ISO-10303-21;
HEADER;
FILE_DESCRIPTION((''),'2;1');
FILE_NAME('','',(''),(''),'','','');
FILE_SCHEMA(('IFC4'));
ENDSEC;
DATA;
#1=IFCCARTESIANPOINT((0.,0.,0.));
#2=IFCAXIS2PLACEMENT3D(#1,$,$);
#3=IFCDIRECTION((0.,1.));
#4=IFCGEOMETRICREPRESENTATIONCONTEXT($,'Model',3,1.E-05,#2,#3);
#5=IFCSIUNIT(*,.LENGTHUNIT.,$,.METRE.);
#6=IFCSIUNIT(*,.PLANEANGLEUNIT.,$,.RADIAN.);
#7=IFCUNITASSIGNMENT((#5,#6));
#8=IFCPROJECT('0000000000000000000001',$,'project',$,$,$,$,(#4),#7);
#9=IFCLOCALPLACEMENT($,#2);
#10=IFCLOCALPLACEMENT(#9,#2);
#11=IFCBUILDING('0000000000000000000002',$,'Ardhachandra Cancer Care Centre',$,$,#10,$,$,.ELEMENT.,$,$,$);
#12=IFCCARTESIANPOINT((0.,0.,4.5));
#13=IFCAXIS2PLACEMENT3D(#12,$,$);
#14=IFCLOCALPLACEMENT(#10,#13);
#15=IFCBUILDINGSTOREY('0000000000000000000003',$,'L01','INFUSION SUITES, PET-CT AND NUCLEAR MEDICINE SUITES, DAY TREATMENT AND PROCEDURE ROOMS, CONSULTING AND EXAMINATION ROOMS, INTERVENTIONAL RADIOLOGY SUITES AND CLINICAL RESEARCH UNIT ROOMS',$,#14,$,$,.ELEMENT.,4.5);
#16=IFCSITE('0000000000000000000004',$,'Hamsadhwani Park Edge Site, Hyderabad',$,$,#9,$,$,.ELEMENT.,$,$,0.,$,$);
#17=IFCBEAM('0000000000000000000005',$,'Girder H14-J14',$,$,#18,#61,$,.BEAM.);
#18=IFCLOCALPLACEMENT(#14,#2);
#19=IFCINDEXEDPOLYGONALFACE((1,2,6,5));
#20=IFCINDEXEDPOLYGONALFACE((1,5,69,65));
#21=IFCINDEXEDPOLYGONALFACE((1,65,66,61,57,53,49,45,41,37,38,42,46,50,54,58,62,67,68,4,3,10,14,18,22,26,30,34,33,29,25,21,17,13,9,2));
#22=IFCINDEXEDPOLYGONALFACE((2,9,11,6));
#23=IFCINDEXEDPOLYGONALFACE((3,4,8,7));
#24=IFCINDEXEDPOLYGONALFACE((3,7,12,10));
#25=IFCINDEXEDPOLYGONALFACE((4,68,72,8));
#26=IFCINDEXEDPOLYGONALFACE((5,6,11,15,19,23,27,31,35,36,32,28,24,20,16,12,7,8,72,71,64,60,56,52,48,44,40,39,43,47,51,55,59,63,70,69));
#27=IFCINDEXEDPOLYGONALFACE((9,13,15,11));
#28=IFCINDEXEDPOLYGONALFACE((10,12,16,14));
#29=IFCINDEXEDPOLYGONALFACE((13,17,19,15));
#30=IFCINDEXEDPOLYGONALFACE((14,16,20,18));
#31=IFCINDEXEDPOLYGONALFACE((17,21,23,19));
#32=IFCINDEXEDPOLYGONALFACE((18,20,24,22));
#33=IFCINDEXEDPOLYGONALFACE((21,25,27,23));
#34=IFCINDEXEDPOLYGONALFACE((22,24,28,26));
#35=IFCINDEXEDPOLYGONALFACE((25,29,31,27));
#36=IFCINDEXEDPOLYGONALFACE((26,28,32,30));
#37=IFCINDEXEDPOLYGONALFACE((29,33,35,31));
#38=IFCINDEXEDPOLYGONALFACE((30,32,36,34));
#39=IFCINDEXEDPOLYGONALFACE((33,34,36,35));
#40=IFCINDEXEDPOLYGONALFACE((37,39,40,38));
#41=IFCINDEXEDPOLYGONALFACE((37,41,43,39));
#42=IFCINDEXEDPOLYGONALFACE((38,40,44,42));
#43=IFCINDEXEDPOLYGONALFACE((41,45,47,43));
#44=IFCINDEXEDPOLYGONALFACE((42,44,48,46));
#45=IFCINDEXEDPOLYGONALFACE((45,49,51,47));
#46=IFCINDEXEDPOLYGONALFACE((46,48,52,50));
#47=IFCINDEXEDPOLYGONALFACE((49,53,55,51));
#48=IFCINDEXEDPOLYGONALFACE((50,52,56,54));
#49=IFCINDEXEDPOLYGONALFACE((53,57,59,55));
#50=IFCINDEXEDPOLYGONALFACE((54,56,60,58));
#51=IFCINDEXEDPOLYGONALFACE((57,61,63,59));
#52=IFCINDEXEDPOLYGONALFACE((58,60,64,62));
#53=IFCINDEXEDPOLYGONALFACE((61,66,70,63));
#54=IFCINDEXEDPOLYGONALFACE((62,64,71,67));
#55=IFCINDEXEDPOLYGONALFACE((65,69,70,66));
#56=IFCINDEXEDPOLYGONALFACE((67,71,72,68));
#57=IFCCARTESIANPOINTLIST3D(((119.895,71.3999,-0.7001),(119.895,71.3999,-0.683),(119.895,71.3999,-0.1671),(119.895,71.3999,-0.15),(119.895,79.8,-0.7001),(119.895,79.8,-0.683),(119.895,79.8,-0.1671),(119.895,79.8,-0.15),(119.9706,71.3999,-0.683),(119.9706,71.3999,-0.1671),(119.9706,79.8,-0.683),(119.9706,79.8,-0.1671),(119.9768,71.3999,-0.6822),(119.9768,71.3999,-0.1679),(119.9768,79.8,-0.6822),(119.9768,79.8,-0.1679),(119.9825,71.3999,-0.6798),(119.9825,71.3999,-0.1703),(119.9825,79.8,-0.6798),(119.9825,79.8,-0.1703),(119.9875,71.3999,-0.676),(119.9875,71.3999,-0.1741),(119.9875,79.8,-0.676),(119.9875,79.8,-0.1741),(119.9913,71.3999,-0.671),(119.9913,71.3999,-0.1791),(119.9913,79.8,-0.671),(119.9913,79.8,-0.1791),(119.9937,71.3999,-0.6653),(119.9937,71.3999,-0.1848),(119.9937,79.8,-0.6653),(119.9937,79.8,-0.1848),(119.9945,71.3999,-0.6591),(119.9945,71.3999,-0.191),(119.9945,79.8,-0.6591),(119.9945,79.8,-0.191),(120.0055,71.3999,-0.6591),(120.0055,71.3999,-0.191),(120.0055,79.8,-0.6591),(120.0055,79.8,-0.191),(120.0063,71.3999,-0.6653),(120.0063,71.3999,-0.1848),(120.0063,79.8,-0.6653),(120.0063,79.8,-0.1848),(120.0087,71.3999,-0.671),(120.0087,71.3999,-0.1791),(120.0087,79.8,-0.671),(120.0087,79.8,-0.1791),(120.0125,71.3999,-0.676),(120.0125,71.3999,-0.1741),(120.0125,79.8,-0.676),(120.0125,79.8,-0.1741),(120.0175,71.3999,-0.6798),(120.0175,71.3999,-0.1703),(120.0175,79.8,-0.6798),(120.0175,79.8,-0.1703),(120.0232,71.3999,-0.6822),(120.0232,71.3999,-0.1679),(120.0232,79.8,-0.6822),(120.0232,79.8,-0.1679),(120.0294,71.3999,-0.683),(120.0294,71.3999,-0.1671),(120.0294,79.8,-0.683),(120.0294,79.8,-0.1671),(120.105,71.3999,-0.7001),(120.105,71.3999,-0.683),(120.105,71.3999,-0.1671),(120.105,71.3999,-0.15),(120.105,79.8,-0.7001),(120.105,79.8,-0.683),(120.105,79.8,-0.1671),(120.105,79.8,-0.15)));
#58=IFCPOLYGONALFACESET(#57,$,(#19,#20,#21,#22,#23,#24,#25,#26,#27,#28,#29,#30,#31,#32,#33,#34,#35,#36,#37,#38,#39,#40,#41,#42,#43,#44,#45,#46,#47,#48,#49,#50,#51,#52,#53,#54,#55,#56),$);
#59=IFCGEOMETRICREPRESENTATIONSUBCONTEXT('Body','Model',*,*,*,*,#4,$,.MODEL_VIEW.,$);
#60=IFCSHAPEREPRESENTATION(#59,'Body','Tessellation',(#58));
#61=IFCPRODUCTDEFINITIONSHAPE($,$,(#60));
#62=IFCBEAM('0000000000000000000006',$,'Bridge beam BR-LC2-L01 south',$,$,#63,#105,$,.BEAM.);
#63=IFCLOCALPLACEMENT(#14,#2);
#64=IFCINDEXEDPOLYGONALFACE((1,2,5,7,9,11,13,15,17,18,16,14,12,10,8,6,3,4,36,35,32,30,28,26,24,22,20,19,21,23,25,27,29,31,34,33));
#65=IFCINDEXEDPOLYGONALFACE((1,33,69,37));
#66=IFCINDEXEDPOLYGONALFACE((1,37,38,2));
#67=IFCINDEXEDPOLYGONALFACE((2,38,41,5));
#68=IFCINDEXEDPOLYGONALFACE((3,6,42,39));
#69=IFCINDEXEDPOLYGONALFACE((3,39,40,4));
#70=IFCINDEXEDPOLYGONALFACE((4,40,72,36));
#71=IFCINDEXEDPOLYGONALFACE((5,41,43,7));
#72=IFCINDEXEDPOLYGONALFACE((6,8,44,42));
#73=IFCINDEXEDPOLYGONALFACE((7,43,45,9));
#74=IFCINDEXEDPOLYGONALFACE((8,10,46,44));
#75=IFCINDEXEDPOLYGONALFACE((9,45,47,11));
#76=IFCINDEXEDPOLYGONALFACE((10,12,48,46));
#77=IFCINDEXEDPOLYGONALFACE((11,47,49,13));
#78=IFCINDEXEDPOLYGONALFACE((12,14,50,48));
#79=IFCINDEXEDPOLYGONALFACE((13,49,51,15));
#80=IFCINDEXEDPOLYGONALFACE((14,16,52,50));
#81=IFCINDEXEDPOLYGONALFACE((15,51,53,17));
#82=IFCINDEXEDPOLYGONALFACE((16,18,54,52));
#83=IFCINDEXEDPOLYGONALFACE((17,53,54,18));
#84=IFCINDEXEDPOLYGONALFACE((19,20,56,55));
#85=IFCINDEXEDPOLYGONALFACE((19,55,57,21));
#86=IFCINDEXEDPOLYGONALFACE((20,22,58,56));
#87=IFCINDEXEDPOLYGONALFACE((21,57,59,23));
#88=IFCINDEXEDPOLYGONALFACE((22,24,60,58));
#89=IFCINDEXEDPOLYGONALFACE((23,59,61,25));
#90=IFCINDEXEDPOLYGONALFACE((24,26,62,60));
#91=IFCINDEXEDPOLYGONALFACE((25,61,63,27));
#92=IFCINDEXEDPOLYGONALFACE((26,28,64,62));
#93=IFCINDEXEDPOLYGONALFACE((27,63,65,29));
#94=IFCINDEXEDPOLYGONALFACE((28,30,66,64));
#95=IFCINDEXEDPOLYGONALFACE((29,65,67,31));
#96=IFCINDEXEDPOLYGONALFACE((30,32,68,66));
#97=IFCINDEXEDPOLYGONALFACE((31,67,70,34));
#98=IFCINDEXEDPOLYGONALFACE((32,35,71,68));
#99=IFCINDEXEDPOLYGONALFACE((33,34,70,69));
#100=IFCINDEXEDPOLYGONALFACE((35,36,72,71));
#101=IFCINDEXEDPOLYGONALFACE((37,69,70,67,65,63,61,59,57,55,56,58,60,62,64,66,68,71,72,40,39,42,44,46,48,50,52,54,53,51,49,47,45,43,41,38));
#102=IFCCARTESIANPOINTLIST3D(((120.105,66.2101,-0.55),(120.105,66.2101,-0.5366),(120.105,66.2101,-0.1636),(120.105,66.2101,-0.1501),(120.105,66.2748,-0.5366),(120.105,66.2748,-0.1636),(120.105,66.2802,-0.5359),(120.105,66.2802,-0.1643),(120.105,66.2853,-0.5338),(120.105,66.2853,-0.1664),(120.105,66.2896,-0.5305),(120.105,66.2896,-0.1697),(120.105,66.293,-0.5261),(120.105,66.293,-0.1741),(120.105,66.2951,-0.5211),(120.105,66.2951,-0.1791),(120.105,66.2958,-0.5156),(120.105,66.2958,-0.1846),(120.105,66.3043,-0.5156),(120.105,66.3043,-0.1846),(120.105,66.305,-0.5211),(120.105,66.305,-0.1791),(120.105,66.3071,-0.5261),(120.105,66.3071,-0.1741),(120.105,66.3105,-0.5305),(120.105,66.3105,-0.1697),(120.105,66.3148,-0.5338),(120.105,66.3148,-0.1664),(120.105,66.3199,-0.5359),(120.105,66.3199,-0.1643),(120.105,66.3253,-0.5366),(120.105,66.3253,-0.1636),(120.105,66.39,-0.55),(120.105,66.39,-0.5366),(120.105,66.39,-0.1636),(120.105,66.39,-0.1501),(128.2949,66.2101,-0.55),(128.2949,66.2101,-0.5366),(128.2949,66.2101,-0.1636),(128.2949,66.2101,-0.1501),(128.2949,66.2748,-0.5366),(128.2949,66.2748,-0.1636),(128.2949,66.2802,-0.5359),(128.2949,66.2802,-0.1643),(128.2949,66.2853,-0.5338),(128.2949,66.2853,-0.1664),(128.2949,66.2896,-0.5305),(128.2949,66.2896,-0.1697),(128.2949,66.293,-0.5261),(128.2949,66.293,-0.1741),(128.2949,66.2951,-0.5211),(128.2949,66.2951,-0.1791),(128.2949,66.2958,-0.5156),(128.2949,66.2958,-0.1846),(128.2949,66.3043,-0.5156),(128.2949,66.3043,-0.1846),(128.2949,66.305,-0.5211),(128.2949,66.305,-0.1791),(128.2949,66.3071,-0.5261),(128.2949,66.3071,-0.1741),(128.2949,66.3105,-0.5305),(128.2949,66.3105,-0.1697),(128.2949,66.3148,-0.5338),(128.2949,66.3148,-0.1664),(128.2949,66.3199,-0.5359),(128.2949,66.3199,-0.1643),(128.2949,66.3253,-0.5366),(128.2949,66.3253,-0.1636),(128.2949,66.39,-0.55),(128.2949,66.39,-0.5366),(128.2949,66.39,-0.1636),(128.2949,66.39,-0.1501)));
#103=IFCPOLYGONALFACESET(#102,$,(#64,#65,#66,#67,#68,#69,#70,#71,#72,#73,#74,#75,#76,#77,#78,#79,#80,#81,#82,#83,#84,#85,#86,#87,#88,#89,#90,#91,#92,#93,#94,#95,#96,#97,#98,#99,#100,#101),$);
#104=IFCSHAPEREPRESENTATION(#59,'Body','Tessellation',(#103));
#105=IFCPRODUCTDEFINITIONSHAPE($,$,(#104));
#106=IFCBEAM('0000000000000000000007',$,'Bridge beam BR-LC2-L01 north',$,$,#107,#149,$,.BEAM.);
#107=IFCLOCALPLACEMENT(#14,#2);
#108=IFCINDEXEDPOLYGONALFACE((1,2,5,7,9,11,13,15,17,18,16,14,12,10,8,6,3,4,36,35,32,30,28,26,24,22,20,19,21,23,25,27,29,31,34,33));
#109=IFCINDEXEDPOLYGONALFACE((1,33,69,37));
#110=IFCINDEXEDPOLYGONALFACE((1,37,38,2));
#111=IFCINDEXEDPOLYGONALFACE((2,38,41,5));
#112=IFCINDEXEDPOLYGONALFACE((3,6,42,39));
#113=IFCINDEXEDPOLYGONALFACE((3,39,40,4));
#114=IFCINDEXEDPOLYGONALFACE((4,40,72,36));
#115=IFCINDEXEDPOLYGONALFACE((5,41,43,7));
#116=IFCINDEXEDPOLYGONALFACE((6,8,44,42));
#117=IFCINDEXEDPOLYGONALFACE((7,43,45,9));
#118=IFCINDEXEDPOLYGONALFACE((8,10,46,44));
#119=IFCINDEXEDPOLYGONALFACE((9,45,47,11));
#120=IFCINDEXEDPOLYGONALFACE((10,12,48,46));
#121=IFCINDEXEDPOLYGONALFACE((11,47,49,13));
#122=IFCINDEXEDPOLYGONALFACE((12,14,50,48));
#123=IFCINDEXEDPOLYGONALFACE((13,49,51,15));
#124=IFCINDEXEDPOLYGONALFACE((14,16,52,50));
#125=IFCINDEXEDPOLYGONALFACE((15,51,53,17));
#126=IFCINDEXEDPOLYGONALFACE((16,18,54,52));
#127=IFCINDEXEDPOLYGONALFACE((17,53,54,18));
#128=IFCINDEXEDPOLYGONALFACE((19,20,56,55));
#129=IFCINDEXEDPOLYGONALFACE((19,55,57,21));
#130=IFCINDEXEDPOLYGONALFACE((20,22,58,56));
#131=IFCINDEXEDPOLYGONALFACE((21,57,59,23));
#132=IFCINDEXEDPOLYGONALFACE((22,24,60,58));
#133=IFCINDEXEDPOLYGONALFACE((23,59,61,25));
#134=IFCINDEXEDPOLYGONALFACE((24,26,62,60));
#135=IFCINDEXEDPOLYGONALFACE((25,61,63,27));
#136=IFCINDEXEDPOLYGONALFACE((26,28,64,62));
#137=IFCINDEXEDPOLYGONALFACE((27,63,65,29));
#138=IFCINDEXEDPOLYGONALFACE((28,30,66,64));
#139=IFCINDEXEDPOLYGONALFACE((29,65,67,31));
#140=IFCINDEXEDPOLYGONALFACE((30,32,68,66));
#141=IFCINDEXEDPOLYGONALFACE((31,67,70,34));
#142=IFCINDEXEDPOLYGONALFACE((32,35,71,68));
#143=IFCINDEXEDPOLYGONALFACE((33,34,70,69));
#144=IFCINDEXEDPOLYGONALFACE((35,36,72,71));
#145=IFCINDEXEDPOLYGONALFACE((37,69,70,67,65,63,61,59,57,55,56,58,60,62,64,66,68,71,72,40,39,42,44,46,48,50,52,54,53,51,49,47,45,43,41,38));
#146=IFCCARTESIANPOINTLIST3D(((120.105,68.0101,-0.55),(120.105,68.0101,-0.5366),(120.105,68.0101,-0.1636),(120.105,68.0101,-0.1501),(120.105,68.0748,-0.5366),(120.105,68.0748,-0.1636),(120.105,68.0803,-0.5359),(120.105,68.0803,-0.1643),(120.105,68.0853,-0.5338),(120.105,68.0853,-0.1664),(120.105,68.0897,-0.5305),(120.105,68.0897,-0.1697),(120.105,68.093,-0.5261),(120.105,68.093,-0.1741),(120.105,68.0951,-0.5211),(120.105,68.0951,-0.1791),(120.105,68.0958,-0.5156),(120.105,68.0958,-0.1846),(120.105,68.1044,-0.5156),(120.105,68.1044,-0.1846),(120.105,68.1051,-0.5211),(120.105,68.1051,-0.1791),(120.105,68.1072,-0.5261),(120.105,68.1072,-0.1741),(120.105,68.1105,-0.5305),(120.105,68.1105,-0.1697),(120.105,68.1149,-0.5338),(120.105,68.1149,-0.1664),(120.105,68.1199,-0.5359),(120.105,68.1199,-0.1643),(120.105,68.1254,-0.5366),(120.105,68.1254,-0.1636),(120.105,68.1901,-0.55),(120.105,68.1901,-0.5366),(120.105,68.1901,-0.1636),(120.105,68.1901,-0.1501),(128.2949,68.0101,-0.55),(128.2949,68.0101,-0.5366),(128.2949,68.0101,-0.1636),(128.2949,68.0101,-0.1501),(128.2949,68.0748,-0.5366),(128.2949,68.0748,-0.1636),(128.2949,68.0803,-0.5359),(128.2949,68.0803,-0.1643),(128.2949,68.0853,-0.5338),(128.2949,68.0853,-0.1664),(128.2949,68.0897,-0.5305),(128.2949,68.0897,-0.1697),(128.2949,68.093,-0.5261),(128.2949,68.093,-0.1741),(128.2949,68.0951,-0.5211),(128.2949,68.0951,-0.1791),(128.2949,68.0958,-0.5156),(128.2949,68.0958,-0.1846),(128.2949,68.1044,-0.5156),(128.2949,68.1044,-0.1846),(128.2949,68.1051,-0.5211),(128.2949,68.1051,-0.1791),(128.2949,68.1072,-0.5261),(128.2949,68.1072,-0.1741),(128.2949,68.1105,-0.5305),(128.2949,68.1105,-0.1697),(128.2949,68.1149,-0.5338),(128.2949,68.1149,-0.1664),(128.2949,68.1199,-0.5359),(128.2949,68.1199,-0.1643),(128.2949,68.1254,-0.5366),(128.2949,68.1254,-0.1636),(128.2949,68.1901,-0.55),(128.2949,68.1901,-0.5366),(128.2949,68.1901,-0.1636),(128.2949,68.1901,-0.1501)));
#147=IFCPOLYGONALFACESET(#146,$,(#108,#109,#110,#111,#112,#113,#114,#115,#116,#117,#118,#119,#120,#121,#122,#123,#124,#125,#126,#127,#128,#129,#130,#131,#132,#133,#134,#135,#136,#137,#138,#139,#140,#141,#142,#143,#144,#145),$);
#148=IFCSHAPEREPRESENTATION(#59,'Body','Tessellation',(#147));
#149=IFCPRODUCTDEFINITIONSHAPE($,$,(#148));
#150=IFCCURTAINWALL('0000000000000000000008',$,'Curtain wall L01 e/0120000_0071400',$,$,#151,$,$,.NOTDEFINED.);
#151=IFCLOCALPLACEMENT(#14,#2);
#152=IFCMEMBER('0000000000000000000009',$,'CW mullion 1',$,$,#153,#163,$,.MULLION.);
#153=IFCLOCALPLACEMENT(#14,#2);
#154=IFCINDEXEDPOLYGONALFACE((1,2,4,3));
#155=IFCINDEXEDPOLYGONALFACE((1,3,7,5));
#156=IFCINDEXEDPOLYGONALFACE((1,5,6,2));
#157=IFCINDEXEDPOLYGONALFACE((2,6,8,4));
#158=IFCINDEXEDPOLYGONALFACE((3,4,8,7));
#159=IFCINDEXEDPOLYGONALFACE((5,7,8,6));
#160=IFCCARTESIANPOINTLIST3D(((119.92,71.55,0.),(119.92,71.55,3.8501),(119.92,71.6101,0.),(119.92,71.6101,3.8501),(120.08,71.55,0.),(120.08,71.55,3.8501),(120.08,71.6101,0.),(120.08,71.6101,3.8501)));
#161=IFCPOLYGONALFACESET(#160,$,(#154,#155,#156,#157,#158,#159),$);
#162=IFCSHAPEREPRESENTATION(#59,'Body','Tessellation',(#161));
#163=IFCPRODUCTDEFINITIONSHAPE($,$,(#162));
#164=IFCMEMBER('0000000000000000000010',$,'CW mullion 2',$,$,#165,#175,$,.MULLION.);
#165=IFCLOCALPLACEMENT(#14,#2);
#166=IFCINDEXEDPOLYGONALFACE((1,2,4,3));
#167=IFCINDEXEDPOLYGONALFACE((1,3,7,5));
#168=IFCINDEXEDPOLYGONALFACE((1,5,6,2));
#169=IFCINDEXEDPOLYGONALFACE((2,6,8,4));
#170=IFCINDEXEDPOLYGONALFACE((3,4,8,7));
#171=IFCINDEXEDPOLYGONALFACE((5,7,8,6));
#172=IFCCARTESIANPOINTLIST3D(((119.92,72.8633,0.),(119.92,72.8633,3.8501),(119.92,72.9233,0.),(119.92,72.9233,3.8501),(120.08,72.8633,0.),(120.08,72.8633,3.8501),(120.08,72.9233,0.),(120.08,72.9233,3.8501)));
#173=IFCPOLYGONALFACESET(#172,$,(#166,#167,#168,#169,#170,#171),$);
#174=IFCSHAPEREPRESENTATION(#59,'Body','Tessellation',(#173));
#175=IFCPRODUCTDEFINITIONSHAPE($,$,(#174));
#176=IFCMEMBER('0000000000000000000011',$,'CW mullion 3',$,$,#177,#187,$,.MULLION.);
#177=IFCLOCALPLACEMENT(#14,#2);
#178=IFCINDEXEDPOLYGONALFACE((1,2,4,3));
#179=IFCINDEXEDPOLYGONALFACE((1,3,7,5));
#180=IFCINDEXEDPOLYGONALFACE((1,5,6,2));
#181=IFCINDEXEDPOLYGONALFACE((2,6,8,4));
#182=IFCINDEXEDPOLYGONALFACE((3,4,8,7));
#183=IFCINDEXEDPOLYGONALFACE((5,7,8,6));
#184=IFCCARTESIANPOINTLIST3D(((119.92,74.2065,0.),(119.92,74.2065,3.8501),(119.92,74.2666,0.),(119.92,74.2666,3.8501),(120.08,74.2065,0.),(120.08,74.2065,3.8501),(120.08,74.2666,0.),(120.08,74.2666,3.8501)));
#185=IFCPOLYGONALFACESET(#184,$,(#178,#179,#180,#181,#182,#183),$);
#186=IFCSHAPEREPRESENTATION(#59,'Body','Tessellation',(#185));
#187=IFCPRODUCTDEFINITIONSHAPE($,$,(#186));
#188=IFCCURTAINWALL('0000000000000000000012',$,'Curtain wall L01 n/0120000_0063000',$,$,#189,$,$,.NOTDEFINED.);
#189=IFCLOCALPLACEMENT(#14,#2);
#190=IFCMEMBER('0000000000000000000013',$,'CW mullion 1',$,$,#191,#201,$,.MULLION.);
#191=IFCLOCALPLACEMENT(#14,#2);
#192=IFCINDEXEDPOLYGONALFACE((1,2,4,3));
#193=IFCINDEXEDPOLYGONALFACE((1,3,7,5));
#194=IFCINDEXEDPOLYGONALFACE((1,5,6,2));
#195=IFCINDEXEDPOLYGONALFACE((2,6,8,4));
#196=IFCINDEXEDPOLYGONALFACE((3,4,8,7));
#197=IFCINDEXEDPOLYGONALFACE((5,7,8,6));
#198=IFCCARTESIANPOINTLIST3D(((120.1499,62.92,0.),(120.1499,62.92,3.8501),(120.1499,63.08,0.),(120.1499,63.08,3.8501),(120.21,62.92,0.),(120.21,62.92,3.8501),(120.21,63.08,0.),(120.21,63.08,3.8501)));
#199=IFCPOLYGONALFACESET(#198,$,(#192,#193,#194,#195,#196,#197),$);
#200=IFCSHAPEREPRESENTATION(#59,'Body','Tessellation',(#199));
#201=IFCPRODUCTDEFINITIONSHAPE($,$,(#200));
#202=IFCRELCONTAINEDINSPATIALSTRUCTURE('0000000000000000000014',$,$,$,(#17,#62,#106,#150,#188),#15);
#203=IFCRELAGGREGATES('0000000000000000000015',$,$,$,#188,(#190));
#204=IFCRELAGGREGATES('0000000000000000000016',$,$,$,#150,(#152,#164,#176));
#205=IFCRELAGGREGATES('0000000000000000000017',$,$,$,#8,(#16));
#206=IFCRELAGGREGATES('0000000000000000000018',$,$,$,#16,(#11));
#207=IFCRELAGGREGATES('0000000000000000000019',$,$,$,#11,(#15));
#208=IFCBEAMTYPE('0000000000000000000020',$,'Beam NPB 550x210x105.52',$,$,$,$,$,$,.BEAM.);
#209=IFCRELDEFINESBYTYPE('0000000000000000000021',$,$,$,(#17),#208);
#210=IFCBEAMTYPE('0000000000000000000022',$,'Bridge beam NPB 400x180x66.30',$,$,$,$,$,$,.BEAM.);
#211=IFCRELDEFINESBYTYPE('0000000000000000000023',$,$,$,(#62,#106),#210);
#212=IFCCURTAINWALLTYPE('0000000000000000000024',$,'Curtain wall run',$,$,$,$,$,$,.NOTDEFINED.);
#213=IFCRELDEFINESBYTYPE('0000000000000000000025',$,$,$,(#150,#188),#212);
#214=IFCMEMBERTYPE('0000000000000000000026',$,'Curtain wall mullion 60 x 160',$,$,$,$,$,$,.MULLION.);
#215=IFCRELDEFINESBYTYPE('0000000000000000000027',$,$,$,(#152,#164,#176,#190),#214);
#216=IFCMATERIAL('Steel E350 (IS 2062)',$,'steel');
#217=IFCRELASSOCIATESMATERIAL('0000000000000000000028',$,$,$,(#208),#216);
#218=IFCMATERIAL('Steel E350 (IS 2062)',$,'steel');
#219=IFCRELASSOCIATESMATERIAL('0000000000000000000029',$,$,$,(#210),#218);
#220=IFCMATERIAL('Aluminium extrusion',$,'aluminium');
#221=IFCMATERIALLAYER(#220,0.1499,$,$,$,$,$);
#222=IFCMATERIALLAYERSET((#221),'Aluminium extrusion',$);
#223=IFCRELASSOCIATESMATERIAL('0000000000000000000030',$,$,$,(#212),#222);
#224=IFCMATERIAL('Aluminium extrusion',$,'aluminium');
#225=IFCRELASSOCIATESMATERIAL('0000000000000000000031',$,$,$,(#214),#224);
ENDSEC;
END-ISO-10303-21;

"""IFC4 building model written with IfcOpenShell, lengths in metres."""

from ifc_helpers import new_model, si_unit, direction, frame, origin, origin_2d, place, context, subcontext, project, spatial, rectangle, i_section, extrude, material, layer, layer_set, material_profile, profile_set, type_object, element, aggregate, save


model = new_model("IFC4")

# Units and contexts
model_context = context("Model", 3, precision=1e-05, world=origin(), true_north=direction((0.0, 1.0)))
body_context = subcontext(model_context, "Body", "Model", "MODEL_VIEW")
ifc_project = project(units=[si_unit("LENGTHUNIT", "METRE"), si_unit("PLANEANGLEUNIT", "RADIAN")], contexts=[model_context])

# Site, building, storey
site_placement = place(None, origin())
site = spatial("IfcSite", under=ifc_project, at=site_placement, Name="Hamsadhwani Park Edge Site, Hyderabad", CompositionType="ELEMENT", RefElevation=0.0)
building_placement = place(site_placement, origin())
building = spatial("IfcBuilding", under=site, at=building_placement, Name="Ardhachandra Cancer Care Centre", CompositionType="ELEMENT")
storey_placement = place(building_placement, frame((0.0, 0.0, 4.5)))
storey = spatial("IfcBuildingStorey", under=building, at=storey_placement, Name="L01", Description="INFUSION SUITES, PET-CT AND NUCLEAR MEDICINE SUITES, DAY TREATMENT AND PROCEDURE ROOMS, CONSULTING AND EXAMINATION ROOMS, INTERVENTIONAL RADIOLOGY SUITES AND CLINICAL RESEARCH UNIT ROOMS", CompositionType="ELEMENT", Elevation=4.5)

# Beams
ifc_material_1 = material(Name="Steel E350 (IS 2062)", Category="steel")
ifc_material_profile_1 = material_profile(ifc_material_1, i_section(OverallWidth=0.21, OverallDepth=0.55, WebThickness=0.011, FlangeThickness=0.0171, FilletRadius=0.0239, at=origin_2d()), Name="NPB 550x210x105.52")
ifc_profile_set_1 = profile_set([ifc_material_profile_1], Name="Steel E350 (IS 2062)")
beam_type_1 = type_object("IfcBeamType", Name="Beam NPB 550x210x105.52", PredefinedType="BEAM", material=ifc_profile_set_1)
beam_placement = place(storey_placement, frame((120.0, 71.3999, -0.425), z_axis=(0.0, 1.0, 0.0), x_axis=(-1.0, 0.0, 0.0)))
element("IfcBeam", 1, at=beam_placement, inside=storey, type_object=beam_type_1, Name="Girder H14-J14", PredefinedType="BEAM", context=body_context, shape_type="SweptSolid", body=[
    extrude(i_section(OverallWidth=0.21, OverallDepth=0.55, WebThickness=0.011, FlangeThickness=0.0171, FilletRadius=0.0239, at=origin_2d()), origin(), (0.0, 0.0, 1.0), 8.4001),
])
ifc_material_2 = material(Name="Steel E350 (IS 2062)", Category="steel")
ifc_material_profile_2 = material_profile(ifc_material_2, i_section(OverallWidth=0.1799, OverallDepth=0.3999, WebThickness=0.0085, FlangeThickness=0.0134, FilletRadius=0.021, at=origin_2d()), Name="NPB 400x180x66.30")
ifc_profile_set_2 = profile_set([ifc_material_profile_2], Name="Steel E350 (IS 2062)")
beam_type_2 = type_object("IfcBeamType", Name="Bridge beam NPB 400x180x66.30", PredefinedType="BEAM", material=ifc_profile_set_2)
for number, where, z_axis, x_axis, name in (
    (2, (120.105, 66.3, -0.3501), (1.0, 0.0, 0.0), (0.0, 1.0, 0.0), "Bridge beam BR-LC2-L01 south"),
    (3, (120.105, 68.1001, -0.3501), (1.0, 0.0, 0.0), (0.0, 1.0, 0.0), "Bridge beam BR-LC2-L01 north"),
):
    element("IfcBeam", number, at=place(storey_placement, frame(where, z_axis=z_axis, x_axis=x_axis)), inside=storey, type_object=beam_type_2, Name=name, PredefinedType="BEAM", context=body_context, shape_type="SweptSolid", body=[
        extrude(i_section(OverallWidth=0.1799, OverallDepth=0.3999, WebThickness=0.0085, FlangeThickness=0.0134, FilletRadius=0.021, at=origin_2d()), origin(), (0.0, 0.0, 1.0), 8.1899),
    ])

# Curtain wall, members
ifc_material_3 = material(Name="Aluminium extrusion", Category="aluminium")
ifc_layer_1 = layer(ifc_material_3, 0.1499)
ifc_layer_set_1 = layer_set([ifc_layer_1], Name="Aluminium extrusion")
curtain_wall_type = type_object("IfcCurtainWallType", Name="Curtain wall run", PredefinedType="NOTDEFINED", material=ifc_layer_set_1)
curtain_wall_1_placement = place(storey_placement, origin())
curtain_wall_1 = element("IfcCurtainWall", 4, at=curtain_wall_1_placement, inside=storey, type_object=curtain_wall_type, Name="Curtain wall L01 e/0120000_0071400", PredefinedType="NOTDEFINED")
ifc_material_4 = material(Name="Aluminium extrusion", Category="aluminium")
ifc_material_profile_3 = material_profile(ifc_material_4, rectangle(XDim=0.1599, YDim=0.0601, at=origin_2d()), Name="Curtain wall mullion 60 x 160")
ifc_profile_set_3 = profile_set([ifc_material_profile_3], Name="Aluminium extrusion")
member_type_1 = type_object("IfcMemberType", Name="Curtain wall mullion 60 x 160", PredefinedType="MULLION", material=ifc_profile_set_3)
member_1_placement = place(storey_placement, frame((120.0, 71.5801, 0.0), z_axis=(0.0, 0.0, 1.0), x_axis=(-1.0, 0.0, 0.0)))
member_1 = element("IfcMember", 5, at=member_1_placement, type_object=member_type_1, Name="CW mullion 1", PredefinedType="MULLION", context=body_context, shape_type="SweptSolid", body=[
    extrude(rectangle(XDim=0.1599, YDim=0.0601, at=origin_2d()), origin(), (0.0, 0.0, 1.0), 3.8501),
])
member_2_placement = place(storey_placement, frame((120.0, 72.8933, 0.0), z_axis=(0.0, 0.0, 1.0), x_axis=(-1.0, 0.0, 0.0)))
member_2 = element("IfcMember", 6, at=member_2_placement, type_object=member_type_1, Name="CW mullion 2", PredefinedType="MULLION", context=body_context, shape_type="SweptSolid", body=[
    extrude(rectangle(XDim=0.1599, YDim=0.0601, at=origin_2d()), origin(), (0.0, 0.0, 1.0), 3.8501),
])
member_3_placement = place(storey_placement, frame((120.0, 74.2366, 0.0), z_axis=(0.0, 0.0, 1.0), x_axis=(-1.0, 0.0, 0.0)))
member_3 = element("IfcMember", 7, at=member_3_placement, type_object=member_type_1, Name="CW mullion 3", PredefinedType="MULLION", context=body_context, shape_type="SweptSolid", body=[
    extrude(rectangle(XDim=0.1599, YDim=0.0601, at=origin_2d()), origin(), (0.0, 0.0, 1.0), 3.8501),
])

# Curtain wall, member
curtain_wall_2_placement = place(storey_placement, origin())
curtain_wall_2 = element("IfcCurtainWall", 8, at=curtain_wall_2_placement, inside=storey, type_object=curtain_wall_type, Name="Curtain wall L01 n/0120000_0063000", PredefinedType="NOTDEFINED")
member_4_placement = place(storey_placement, frame((120.1799, 63.0, 0.0), z_axis=(0.0, 0.0, 1.0), x_axis=(0.0, 1.0, 0.0)))
member_4 = element("IfcMember", 9, at=member_4_placement, type_object=member_type_1, Name="CW mullion 1", PredefinedType="MULLION", context=body_context, shape_type="SweptSolid", body=[
    extrude(rectangle(XDim=0.1599, YDim=0.0601, at=origin_2d()), origin(), (0.0, 0.0, 1.0), 3.8501),
])

aggregate(curtain_wall_2, [member_4])

aggregate(curtain_wall_1, [member_1, member_2, member_3])

save(model, "model.ifc")
